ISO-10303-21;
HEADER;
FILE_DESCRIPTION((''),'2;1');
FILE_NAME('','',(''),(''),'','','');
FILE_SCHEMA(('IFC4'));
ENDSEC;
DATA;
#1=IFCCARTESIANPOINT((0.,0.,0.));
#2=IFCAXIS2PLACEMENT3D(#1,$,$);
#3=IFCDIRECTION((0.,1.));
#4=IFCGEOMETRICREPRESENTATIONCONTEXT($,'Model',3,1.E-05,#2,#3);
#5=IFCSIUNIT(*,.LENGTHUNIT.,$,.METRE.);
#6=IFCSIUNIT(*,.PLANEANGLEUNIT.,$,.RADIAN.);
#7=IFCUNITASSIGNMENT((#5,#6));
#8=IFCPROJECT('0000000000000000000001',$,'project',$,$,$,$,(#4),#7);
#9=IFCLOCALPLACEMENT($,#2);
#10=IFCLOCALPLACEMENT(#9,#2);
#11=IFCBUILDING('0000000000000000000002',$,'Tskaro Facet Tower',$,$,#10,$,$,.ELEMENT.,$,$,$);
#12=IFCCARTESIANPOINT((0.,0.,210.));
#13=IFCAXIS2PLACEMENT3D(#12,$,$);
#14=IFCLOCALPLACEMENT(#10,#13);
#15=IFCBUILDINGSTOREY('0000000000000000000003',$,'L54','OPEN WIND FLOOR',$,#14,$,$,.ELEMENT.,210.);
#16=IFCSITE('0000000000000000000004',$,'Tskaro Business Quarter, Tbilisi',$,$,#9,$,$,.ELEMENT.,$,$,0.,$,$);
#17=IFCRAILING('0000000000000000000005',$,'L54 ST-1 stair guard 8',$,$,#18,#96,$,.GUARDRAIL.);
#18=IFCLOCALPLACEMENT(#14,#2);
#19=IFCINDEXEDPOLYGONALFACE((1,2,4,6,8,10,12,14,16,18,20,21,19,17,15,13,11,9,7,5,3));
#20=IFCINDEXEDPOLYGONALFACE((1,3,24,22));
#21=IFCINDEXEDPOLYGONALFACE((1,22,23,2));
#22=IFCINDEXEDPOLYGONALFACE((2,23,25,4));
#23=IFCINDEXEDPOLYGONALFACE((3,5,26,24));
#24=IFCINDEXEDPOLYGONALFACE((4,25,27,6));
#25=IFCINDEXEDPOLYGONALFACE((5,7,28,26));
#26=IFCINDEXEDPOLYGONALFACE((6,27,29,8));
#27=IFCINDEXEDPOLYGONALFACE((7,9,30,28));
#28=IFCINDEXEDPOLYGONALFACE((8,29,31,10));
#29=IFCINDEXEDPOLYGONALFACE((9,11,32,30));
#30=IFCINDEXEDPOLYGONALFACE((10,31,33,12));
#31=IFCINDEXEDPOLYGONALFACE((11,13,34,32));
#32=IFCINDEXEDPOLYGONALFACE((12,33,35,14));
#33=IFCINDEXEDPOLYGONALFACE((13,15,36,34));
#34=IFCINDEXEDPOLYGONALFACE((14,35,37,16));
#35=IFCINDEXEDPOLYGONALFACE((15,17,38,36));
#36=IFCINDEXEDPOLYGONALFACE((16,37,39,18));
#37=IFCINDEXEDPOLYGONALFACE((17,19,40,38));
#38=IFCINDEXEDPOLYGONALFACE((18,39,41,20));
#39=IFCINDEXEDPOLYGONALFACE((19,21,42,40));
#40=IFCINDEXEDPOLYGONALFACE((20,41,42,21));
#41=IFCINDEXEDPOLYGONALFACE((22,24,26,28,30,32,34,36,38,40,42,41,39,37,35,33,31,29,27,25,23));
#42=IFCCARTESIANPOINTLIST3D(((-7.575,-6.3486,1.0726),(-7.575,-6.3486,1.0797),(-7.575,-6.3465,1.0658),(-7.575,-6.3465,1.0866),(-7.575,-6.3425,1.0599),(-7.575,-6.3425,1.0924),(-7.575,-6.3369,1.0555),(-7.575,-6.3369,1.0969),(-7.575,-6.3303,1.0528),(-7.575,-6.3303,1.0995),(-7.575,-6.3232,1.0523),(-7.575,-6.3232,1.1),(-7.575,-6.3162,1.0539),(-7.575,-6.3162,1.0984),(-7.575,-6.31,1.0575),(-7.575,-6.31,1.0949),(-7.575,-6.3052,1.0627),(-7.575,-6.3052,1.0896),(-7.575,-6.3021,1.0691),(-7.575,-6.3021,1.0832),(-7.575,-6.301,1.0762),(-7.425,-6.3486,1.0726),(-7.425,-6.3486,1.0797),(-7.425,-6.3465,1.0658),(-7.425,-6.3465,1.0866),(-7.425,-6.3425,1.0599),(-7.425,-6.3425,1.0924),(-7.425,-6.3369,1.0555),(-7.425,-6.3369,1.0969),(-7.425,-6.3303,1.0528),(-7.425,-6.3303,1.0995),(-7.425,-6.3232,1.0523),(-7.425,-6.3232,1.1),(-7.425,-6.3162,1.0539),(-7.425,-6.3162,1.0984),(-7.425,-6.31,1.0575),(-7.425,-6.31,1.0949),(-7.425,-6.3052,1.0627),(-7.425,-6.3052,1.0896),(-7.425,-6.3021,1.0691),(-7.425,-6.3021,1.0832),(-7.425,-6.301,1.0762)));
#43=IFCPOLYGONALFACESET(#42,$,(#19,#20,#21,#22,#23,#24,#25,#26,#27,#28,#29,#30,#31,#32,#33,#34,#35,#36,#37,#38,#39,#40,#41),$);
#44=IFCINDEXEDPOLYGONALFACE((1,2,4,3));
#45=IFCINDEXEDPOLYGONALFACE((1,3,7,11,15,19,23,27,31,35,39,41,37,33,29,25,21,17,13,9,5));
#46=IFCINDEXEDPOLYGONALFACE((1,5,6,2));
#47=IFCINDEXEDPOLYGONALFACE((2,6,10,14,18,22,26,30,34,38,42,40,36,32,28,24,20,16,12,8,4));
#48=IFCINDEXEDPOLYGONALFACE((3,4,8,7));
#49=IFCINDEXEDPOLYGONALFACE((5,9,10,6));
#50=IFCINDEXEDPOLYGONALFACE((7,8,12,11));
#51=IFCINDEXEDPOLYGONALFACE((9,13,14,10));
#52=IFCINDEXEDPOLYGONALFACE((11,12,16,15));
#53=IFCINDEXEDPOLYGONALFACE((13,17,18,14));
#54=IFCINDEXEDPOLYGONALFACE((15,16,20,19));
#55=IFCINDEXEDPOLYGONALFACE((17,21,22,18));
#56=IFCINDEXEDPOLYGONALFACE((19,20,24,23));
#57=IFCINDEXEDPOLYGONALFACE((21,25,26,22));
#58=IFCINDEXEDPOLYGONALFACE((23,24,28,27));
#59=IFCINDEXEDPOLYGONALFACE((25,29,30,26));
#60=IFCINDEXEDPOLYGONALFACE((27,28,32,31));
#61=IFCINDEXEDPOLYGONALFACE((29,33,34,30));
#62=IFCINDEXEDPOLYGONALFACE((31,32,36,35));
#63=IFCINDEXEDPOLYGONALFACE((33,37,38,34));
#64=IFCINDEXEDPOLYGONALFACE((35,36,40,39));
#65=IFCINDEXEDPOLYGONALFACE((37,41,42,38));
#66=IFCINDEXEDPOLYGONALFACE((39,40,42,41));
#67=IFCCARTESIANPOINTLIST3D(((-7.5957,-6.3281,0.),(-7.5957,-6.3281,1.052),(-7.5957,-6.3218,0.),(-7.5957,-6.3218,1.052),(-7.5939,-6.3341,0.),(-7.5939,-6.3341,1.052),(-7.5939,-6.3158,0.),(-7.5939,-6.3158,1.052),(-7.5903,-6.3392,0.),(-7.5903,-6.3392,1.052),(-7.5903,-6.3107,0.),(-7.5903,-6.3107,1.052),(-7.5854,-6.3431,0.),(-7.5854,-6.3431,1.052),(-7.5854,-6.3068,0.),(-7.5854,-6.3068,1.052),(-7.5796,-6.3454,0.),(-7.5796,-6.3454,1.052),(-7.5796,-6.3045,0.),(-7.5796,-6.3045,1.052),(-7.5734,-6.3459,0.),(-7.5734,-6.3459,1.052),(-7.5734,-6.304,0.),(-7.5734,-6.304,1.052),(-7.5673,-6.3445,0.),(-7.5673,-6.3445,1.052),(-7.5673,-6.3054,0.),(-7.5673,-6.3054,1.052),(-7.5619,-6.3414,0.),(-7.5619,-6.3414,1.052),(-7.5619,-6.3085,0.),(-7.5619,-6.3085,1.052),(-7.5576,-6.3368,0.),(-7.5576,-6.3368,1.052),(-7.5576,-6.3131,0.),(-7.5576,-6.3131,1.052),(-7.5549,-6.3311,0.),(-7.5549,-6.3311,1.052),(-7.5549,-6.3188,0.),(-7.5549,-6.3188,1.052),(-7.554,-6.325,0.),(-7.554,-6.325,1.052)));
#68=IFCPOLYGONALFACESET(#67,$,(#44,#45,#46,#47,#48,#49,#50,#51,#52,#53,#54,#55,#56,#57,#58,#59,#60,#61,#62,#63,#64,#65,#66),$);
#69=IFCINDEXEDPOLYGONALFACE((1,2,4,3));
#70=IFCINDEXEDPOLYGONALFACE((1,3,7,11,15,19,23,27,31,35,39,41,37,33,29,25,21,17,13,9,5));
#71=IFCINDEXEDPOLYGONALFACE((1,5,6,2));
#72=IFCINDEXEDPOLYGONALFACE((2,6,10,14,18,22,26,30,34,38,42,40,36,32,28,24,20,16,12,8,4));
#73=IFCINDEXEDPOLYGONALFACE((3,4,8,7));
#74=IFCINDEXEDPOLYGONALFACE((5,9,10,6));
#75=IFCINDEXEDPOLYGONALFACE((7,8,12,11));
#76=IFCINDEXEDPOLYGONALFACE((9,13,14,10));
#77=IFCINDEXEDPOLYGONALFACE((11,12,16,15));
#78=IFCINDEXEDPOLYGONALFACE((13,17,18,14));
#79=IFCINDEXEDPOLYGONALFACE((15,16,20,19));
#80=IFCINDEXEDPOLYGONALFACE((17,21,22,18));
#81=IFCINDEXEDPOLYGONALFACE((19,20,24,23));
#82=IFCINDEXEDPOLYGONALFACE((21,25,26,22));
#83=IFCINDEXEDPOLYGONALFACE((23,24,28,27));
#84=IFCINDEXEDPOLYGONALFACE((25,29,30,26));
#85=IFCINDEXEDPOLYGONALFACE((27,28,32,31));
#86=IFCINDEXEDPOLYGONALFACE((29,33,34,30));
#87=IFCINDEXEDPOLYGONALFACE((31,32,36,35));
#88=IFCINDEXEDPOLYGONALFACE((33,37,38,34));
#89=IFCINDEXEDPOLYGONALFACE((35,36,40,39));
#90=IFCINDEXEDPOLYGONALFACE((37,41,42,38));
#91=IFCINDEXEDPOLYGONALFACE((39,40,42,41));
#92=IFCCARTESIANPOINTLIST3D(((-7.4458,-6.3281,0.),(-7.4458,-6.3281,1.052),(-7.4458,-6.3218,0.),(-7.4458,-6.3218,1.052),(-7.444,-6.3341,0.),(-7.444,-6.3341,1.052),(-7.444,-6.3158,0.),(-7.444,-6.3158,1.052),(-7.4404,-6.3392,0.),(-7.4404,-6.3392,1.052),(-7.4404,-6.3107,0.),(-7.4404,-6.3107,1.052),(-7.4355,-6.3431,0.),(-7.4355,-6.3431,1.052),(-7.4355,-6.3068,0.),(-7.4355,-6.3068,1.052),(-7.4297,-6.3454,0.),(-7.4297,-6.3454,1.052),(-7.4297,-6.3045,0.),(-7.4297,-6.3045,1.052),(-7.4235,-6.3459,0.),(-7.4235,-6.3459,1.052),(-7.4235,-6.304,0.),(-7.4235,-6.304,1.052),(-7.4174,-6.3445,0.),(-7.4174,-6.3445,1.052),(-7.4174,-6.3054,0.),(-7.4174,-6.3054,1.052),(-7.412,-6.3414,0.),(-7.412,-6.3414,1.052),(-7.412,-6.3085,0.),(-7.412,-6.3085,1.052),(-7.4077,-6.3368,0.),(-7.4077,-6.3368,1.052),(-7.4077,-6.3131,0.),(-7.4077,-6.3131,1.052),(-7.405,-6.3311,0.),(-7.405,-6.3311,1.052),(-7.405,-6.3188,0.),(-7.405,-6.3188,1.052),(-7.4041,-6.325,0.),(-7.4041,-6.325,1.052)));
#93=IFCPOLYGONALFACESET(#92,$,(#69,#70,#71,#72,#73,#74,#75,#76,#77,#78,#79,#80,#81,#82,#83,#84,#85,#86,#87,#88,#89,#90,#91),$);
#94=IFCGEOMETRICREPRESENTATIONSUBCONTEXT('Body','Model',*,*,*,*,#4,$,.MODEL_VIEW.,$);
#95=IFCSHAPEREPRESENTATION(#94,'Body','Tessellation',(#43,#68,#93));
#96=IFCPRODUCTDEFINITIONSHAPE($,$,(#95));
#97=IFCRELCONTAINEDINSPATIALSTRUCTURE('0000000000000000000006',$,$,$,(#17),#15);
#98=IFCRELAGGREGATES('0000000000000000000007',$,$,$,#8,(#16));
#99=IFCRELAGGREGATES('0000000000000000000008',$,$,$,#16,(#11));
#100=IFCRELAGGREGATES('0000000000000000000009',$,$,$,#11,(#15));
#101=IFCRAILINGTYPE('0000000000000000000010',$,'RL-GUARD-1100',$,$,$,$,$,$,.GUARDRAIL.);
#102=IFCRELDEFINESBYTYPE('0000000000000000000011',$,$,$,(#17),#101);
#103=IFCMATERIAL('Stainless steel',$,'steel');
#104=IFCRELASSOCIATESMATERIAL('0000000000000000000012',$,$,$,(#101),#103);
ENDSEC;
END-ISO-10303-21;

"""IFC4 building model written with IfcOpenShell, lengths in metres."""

from ifc_helpers import new_model, si_unit, direction, frame, origin, origin_2d, place, context, subcontext, project, spatial, circle, extrude, material, type_object, element, save


model = new_model("IFC4")

# Units and contexts
model_context = context("Model", 3, precision=1e-05, world=origin(), true_north=direction((0.0, 1.0)))
body_context = subcontext(model_context, "Body", "Model", "MODEL_VIEW")
ifc_project = project(units=[si_unit("LENGTHUNIT", "METRE"), si_unit("PLANEANGLEUNIT", "RADIAN")], contexts=[model_context])

# Site, building, storey
site_placement = place(None, origin())
site = spatial("IfcSite", under=ifc_project, at=site_placement, Name="Tskaro Business Quarter, Tbilisi", CompositionType="ELEMENT", RefElevation=0.0)
building_placement = place(site_placement, origin())
building = spatial("IfcBuilding", under=site, at=building_placement, Name="Tskaro Facet Tower", CompositionType="ELEMENT")
storey_placement = place(building_placement, frame((0.0, 0.0, 210.0)))
storey = spatial("IfcBuildingStorey", under=building, at=storey_placement, Name="L54", Description="OPEN WIND FLOOR", CompositionType="ELEMENT", Elevation=210.0)

# Shared definitions
ifc_material_1 = material(Name="Stainless steel", Category="steel")

# Railing
railing_type_1 = type_object("IfcRailingType", Name="RL-GUARD-1100", PredefinedType="GUARDRAIL", material=ifc_material_1)
railing_1_placement = place(storey_placement, frame((-7.575, -6.325, 0.0)))
element("IfcRailing", 1, at=railing_1_placement, inside=storey, type_object=railing_type_1, Name="L54 ST-1 stair guard 8", PredefinedType="GUARDRAIL", context=body_context, shape_type="SweptSolid", body=[
    extrude(circle(Radius=0.0239, at=origin_2d()), frame((0.0, 0.0, 1.0762), z_axis=(1.0, 0.0, 0.0), x_axis=(0.0, 1.0, 0.0)), (0.0, 0.0, 1.0), 0.1499),
    extrude(circle(Radius=0.021, at=origin_2d()), origin(), (0.0, 0.0, 1.0), 1.052),
    extrude(circle(Radius=0.021, at=origin_2d()), frame((0.1499, 0.0, 0.0)), (0.0, 0.0, 1.0), 1.052),
])

save(model, "model.ifc")
